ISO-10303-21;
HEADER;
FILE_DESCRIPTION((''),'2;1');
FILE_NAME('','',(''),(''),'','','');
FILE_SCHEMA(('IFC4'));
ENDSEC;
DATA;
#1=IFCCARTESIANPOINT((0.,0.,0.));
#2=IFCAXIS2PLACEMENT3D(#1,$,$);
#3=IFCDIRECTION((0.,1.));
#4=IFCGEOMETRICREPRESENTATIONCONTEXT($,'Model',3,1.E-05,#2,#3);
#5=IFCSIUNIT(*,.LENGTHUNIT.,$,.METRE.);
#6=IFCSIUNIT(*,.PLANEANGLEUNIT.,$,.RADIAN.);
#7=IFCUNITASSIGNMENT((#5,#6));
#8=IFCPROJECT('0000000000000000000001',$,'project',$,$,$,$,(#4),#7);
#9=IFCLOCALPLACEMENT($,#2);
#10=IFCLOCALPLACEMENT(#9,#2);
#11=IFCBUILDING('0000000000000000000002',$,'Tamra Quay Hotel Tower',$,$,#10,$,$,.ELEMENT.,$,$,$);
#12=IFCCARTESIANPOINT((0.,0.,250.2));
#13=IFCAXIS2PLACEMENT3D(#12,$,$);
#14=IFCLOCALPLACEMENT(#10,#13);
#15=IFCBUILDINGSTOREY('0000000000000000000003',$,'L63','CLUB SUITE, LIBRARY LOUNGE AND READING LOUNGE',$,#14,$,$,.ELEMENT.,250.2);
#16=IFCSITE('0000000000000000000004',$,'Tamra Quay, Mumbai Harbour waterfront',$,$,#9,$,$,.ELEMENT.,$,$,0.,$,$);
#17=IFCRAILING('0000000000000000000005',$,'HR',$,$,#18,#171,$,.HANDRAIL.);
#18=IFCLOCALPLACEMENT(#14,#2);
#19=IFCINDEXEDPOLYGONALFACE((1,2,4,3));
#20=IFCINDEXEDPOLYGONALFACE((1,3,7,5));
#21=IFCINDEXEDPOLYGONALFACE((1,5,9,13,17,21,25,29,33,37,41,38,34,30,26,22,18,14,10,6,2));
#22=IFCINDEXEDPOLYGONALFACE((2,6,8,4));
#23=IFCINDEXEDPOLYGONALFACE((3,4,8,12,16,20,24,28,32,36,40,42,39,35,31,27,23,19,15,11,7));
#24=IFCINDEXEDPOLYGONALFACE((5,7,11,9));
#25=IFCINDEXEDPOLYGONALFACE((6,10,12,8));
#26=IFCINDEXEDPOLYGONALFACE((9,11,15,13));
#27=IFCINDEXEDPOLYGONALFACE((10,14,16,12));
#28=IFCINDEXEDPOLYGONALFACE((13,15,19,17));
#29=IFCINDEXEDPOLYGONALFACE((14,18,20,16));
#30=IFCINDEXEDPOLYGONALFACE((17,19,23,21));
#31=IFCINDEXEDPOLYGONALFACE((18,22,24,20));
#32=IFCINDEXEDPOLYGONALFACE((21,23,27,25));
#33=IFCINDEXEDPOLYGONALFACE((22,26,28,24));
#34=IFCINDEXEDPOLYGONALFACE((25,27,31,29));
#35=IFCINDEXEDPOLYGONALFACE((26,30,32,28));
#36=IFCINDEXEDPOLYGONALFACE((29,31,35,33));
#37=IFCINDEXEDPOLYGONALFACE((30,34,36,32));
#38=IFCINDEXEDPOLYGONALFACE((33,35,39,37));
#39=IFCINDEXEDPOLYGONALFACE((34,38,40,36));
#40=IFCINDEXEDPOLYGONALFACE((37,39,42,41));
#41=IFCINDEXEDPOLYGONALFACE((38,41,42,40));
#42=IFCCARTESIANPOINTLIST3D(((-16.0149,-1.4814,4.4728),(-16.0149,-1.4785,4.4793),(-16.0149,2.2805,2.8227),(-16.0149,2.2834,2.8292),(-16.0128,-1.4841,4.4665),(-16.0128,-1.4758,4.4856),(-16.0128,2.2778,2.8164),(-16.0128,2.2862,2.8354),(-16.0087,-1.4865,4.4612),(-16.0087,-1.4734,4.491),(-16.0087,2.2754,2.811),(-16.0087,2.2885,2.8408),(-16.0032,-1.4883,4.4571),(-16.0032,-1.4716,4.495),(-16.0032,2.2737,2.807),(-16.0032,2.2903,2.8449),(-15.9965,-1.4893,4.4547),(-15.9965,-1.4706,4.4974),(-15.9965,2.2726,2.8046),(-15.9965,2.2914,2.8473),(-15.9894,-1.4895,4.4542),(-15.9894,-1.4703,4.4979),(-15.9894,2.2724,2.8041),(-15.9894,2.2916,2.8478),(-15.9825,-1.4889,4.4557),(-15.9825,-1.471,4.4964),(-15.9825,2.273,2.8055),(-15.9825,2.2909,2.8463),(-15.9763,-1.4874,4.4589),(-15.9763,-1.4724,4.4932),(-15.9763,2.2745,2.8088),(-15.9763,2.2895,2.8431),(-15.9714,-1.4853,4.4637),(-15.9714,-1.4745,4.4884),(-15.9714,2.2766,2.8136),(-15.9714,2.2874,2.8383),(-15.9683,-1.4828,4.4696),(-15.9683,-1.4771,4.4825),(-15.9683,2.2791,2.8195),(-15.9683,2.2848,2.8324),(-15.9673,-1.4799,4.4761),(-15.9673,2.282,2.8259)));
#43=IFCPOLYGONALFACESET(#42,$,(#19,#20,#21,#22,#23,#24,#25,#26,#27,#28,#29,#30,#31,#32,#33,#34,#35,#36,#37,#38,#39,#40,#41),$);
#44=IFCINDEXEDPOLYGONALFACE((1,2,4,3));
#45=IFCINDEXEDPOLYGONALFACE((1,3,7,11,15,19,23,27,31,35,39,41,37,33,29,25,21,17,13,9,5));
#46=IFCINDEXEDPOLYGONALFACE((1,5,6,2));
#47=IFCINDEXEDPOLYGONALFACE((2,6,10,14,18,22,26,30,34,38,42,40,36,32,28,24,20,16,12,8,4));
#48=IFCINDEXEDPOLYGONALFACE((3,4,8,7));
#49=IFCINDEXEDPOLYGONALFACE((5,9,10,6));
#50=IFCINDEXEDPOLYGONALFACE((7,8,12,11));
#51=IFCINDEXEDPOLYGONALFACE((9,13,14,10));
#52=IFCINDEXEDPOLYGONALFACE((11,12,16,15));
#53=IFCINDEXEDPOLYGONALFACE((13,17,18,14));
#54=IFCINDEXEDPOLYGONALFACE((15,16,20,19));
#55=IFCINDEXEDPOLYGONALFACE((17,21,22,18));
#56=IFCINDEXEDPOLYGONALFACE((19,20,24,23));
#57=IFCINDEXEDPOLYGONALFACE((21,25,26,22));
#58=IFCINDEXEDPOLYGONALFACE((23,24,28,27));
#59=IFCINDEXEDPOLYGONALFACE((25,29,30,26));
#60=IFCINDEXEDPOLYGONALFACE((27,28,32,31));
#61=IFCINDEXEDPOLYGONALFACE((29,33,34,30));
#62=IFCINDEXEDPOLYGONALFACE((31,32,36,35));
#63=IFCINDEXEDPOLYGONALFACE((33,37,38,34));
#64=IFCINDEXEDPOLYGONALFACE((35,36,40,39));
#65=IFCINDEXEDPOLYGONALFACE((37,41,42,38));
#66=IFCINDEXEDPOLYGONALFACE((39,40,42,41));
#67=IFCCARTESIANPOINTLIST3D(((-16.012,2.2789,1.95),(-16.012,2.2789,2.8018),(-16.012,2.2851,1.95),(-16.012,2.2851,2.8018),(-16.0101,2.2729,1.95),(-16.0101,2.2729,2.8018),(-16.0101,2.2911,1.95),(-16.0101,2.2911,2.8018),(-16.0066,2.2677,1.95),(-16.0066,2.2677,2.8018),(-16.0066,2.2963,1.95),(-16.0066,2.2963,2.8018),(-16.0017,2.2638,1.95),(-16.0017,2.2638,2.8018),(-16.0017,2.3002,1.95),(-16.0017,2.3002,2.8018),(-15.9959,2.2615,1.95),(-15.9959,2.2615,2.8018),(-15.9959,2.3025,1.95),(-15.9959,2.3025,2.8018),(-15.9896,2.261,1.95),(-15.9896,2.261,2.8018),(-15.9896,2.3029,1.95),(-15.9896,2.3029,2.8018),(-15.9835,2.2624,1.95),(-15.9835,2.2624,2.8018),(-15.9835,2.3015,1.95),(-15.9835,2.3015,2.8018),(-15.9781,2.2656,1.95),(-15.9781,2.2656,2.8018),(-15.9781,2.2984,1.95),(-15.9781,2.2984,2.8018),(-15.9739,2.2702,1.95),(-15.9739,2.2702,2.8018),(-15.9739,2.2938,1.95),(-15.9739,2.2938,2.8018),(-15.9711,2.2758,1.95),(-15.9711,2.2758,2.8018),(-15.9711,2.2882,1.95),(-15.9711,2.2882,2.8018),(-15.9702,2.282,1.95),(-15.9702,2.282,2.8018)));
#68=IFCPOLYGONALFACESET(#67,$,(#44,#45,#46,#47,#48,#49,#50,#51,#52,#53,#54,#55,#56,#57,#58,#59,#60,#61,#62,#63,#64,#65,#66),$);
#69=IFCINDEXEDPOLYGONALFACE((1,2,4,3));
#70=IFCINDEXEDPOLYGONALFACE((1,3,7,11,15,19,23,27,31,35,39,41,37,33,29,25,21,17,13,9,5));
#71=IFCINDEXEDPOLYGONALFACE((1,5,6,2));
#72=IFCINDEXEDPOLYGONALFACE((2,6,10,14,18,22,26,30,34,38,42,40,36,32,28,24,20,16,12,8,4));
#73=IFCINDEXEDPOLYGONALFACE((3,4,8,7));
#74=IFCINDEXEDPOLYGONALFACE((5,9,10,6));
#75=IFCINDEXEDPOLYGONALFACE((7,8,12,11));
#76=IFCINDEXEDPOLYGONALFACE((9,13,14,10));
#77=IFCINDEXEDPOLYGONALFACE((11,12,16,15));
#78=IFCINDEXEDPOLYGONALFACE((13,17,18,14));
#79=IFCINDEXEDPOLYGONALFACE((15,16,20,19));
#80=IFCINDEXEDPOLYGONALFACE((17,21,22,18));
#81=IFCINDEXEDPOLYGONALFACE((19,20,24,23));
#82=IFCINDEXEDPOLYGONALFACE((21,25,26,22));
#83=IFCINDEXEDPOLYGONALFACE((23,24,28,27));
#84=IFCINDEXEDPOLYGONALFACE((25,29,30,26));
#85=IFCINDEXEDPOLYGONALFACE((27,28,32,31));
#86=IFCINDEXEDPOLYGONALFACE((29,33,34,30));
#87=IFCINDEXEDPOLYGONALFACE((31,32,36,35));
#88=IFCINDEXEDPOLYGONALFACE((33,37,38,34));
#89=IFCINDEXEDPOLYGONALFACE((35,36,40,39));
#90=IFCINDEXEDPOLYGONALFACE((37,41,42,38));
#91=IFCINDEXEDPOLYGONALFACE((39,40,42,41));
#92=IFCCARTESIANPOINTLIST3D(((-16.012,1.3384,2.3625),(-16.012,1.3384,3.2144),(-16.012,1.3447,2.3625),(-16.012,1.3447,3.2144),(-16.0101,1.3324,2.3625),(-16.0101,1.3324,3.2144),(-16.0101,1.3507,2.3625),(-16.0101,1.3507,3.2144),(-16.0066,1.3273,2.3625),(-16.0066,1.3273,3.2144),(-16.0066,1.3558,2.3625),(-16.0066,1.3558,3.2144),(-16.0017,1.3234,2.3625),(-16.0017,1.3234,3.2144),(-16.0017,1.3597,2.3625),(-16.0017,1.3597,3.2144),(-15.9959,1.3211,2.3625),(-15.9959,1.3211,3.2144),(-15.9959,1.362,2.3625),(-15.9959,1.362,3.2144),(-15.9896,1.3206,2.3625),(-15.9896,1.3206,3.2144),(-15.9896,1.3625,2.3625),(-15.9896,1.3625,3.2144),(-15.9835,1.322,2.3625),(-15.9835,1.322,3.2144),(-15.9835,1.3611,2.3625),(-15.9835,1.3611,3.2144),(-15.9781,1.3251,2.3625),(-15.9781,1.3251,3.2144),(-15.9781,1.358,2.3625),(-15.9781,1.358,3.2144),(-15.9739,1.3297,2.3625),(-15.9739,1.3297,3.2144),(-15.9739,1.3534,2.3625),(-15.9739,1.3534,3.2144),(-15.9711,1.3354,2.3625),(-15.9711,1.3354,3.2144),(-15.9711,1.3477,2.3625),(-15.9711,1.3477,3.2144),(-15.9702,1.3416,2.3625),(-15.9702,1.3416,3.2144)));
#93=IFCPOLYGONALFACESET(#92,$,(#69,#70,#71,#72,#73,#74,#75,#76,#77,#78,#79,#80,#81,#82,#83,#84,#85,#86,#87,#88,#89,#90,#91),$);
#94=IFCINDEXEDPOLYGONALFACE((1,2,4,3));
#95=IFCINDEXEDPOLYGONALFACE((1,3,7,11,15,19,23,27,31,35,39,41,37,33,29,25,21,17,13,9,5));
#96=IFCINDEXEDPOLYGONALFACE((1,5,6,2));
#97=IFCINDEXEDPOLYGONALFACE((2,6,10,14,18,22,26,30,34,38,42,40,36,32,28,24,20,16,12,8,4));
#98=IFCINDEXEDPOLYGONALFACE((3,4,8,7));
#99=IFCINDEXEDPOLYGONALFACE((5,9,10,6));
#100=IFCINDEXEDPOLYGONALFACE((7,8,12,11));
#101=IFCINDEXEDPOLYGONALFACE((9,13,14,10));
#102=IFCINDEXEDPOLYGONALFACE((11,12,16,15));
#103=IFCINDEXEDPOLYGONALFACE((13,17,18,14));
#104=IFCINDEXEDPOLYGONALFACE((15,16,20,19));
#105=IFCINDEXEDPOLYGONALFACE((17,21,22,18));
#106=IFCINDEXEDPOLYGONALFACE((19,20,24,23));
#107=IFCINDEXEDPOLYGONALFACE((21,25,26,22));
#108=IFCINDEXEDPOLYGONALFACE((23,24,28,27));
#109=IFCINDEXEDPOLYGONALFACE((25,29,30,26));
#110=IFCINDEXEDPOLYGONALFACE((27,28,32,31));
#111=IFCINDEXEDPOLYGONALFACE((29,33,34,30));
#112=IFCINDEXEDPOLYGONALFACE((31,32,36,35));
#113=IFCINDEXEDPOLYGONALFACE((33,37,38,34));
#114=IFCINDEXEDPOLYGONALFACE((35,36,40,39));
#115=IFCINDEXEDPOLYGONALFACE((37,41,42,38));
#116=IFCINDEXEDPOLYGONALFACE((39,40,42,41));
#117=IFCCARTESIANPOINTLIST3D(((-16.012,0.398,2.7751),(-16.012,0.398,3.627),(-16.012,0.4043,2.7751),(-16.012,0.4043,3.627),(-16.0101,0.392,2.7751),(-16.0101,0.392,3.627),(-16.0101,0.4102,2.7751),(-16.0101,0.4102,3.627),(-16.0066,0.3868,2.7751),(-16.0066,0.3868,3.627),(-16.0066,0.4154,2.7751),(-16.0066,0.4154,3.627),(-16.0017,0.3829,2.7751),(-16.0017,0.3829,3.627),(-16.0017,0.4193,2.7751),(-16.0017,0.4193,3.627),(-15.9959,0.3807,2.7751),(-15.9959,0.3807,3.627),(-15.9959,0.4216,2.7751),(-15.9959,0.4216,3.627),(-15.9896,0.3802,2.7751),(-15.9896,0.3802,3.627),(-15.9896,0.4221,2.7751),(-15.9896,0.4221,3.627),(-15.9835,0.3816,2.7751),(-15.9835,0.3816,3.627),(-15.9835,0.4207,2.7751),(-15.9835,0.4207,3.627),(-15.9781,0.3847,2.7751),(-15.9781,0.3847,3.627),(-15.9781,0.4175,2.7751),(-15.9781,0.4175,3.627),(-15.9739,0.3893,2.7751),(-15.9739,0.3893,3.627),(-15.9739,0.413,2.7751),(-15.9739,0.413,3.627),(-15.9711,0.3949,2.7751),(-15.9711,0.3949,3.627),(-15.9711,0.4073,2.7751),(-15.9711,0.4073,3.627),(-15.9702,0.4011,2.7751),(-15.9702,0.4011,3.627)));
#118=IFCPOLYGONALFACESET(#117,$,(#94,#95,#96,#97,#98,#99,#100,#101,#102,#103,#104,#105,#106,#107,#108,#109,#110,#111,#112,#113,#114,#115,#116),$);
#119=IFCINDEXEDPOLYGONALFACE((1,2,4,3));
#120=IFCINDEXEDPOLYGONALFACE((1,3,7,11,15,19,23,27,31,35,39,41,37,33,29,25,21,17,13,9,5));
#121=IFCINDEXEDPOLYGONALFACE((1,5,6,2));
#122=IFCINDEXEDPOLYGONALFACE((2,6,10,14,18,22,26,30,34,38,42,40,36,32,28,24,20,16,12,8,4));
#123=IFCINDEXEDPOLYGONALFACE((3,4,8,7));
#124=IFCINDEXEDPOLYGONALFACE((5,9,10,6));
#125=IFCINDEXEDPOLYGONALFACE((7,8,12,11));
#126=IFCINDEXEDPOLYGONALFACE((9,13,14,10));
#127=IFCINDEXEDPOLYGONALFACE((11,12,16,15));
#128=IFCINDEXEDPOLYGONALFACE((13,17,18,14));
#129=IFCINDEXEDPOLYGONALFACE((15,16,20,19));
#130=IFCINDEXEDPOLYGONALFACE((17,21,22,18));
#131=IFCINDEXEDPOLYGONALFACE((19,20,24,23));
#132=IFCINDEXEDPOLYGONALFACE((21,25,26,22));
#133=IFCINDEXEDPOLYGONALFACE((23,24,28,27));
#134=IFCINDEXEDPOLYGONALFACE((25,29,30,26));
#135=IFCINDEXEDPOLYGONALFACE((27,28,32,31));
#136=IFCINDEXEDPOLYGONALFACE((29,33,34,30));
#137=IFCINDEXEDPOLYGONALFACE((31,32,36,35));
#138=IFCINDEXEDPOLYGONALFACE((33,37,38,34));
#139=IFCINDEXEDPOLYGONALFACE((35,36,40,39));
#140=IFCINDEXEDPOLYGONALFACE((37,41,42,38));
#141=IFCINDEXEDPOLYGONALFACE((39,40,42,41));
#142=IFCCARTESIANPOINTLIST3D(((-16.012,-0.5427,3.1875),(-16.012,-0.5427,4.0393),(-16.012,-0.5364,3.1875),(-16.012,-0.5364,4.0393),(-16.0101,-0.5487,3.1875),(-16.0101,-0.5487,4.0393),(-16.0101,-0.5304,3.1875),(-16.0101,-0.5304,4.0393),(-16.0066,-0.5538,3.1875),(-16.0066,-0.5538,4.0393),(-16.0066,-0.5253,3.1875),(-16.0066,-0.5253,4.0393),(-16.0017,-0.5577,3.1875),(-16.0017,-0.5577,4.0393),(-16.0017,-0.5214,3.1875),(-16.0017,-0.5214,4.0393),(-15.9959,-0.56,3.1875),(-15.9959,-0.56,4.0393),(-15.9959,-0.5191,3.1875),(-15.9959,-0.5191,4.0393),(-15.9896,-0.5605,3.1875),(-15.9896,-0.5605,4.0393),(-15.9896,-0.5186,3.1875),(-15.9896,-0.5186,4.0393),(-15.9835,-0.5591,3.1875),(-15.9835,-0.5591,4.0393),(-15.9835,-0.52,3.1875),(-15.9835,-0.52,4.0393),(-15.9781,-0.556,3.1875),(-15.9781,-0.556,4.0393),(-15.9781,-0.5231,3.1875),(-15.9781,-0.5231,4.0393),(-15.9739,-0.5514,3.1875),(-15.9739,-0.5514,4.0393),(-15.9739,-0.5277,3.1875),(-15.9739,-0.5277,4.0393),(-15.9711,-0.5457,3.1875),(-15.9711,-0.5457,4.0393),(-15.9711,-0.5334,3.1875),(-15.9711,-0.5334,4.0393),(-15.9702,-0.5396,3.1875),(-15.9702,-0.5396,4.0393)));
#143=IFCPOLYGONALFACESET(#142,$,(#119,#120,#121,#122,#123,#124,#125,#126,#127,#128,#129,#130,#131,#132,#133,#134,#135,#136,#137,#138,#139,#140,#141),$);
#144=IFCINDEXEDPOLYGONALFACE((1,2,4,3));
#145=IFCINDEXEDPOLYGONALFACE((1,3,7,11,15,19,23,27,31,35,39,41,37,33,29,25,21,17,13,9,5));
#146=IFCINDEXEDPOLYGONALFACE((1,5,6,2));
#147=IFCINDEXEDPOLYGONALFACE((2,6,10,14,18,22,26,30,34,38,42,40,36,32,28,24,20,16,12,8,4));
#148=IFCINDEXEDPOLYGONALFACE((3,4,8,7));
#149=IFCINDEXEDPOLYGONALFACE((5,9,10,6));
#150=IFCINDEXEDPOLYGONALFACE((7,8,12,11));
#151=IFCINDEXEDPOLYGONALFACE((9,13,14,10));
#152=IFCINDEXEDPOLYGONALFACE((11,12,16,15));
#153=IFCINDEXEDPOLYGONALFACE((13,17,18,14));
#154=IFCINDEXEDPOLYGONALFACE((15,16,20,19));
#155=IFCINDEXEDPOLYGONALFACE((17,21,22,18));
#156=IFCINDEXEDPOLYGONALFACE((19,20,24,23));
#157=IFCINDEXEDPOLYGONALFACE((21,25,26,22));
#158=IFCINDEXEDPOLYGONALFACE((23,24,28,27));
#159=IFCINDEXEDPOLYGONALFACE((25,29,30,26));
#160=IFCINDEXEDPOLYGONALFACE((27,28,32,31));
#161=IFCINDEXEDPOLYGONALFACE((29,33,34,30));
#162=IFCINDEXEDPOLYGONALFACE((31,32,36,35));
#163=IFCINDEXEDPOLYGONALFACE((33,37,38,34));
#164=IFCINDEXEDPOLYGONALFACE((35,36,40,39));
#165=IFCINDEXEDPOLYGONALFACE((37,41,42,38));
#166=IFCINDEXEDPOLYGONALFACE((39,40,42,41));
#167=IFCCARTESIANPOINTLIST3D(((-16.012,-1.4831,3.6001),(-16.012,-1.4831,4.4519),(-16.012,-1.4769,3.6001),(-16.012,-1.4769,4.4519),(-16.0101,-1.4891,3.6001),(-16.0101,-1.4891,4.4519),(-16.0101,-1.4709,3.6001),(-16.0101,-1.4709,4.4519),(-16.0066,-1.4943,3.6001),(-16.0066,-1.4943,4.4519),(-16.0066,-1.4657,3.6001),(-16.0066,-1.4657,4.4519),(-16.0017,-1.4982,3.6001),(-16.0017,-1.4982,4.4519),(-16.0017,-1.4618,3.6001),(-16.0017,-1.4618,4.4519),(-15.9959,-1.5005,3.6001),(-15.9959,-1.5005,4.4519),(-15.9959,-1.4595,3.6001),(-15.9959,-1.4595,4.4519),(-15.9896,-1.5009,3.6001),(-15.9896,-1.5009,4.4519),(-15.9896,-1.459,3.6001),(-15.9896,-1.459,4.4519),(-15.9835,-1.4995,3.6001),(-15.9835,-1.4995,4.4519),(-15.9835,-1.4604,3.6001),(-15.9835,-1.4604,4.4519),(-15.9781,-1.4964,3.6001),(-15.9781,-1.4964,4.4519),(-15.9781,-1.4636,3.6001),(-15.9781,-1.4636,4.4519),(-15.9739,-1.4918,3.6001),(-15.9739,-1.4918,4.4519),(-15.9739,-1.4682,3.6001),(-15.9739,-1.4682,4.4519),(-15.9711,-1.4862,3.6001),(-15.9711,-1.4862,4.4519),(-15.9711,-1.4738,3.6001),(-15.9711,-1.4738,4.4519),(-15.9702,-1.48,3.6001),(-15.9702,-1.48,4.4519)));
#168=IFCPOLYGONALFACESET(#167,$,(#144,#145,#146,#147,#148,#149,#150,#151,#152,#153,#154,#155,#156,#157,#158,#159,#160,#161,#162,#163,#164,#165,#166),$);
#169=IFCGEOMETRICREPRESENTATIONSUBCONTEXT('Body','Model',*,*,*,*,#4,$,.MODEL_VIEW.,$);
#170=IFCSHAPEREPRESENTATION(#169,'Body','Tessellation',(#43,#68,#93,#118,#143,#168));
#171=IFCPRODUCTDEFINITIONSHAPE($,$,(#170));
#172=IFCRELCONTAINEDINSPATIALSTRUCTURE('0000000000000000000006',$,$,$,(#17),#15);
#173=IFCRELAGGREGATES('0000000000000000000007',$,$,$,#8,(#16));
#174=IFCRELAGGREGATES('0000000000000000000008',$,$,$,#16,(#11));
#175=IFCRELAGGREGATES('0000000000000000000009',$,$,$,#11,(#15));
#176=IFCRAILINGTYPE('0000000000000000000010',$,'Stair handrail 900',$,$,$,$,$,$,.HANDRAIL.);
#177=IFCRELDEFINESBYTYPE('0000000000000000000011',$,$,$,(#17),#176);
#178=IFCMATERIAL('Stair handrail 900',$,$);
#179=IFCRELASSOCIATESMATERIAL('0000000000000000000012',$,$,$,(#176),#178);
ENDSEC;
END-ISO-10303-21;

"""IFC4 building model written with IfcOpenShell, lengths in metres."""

from ifc_helpers import new_model, si_unit, direction, frame, origin, origin_2d, place, context, subcontext, project, spatial, circle, extrude, material, type_object, element, save


model = new_model("IFC4")

# Units and contexts
model_context = context("Model", 3, precision=1e-05, world=origin(), true_north=direction((0.0, 1.0)))
body_context = subcontext(model_context, "Body", "Model", "MODEL_VIEW")
ifc_project = project(units=[si_unit("LENGTHUNIT", "METRE"), si_unit("PLANEANGLEUNIT", "RADIAN")], contexts=[model_context])

# Site, building, storey
site_placement = place(None, origin())
site = spatial("IfcSite", under=ifc_project, at=site_placement, Name="Tamra Quay, Mumbai Harbour waterfront", CompositionType="ELEMENT", RefElevation=0.0)
building_placement = place(site_placement, origin())
building = spatial("IfcBuilding", under=site, at=building_placement, Name="Tamra Quay Hotel Tower", CompositionType="ELEMENT")
storey_placement = place(building_placement, frame((0.0, 0.0, 250.2)))
storey = spatial("IfcBuildingStorey", under=building, at=storey_placement, Name="L63", Description="CLUB SUITE, LIBRARY LOUNGE AND READING LOUNGE", CompositionType="ELEMENT", Elevation=250.2)

# Railing
ifc_material_1 = material(Name="Stair handrail 900")
railing_type = type_object("IfcRailingType", Name="Stair handrail 900", PredefinedType="HANDRAIL", material=ifc_material_1)
railing_placement = place(storey_placement, frame((-15.9912, 2.282, 1.95)))
element("IfcRailing", 1, at=railing_placement, inside=storey, type_object=railing_type, Name="HR", PredefinedType="HANDRAIL", context=body_context, shape_type="SweptSolid", body=[
    extrude(circle(Radius=0.0239, at=origin_2d()), frame((0.0, 0.0, 0.876), z_axis=(0.0, -0.915774, 0.401695), x_axis=(1.0, 0.0, 0.0)), (0.0, 0.0, 1.0), 4.1079),
    extrude(circle(Radius=0.021, at=origin_2d()), origin(), (0.0, 0.0, 1.0), 0.8518),
    extrude(circle(Radius=0.021, at=origin_2d()), frame((0.0, -0.9404, 0.4126)), (0.0, 0.0, 1.0), 0.8518),
    extrude(circle(Radius=0.021, at=origin_2d()), frame((0.0, -1.8809, 0.8252)), (0.0, 0.0, 1.0), 0.8518),
    extrude(circle(Radius=0.021, at=origin_2d()), frame((0.0, -2.8215, 1.2375)), (0.0, 0.0, 1.0), 0.8518),
    extrude(circle(Radius=0.021, at=origin_2d()), frame((0.0, -3.762, 1.6501)), (0.0, 0.0, 1.0), 0.8518),
])

save(model, "model.ifc")
